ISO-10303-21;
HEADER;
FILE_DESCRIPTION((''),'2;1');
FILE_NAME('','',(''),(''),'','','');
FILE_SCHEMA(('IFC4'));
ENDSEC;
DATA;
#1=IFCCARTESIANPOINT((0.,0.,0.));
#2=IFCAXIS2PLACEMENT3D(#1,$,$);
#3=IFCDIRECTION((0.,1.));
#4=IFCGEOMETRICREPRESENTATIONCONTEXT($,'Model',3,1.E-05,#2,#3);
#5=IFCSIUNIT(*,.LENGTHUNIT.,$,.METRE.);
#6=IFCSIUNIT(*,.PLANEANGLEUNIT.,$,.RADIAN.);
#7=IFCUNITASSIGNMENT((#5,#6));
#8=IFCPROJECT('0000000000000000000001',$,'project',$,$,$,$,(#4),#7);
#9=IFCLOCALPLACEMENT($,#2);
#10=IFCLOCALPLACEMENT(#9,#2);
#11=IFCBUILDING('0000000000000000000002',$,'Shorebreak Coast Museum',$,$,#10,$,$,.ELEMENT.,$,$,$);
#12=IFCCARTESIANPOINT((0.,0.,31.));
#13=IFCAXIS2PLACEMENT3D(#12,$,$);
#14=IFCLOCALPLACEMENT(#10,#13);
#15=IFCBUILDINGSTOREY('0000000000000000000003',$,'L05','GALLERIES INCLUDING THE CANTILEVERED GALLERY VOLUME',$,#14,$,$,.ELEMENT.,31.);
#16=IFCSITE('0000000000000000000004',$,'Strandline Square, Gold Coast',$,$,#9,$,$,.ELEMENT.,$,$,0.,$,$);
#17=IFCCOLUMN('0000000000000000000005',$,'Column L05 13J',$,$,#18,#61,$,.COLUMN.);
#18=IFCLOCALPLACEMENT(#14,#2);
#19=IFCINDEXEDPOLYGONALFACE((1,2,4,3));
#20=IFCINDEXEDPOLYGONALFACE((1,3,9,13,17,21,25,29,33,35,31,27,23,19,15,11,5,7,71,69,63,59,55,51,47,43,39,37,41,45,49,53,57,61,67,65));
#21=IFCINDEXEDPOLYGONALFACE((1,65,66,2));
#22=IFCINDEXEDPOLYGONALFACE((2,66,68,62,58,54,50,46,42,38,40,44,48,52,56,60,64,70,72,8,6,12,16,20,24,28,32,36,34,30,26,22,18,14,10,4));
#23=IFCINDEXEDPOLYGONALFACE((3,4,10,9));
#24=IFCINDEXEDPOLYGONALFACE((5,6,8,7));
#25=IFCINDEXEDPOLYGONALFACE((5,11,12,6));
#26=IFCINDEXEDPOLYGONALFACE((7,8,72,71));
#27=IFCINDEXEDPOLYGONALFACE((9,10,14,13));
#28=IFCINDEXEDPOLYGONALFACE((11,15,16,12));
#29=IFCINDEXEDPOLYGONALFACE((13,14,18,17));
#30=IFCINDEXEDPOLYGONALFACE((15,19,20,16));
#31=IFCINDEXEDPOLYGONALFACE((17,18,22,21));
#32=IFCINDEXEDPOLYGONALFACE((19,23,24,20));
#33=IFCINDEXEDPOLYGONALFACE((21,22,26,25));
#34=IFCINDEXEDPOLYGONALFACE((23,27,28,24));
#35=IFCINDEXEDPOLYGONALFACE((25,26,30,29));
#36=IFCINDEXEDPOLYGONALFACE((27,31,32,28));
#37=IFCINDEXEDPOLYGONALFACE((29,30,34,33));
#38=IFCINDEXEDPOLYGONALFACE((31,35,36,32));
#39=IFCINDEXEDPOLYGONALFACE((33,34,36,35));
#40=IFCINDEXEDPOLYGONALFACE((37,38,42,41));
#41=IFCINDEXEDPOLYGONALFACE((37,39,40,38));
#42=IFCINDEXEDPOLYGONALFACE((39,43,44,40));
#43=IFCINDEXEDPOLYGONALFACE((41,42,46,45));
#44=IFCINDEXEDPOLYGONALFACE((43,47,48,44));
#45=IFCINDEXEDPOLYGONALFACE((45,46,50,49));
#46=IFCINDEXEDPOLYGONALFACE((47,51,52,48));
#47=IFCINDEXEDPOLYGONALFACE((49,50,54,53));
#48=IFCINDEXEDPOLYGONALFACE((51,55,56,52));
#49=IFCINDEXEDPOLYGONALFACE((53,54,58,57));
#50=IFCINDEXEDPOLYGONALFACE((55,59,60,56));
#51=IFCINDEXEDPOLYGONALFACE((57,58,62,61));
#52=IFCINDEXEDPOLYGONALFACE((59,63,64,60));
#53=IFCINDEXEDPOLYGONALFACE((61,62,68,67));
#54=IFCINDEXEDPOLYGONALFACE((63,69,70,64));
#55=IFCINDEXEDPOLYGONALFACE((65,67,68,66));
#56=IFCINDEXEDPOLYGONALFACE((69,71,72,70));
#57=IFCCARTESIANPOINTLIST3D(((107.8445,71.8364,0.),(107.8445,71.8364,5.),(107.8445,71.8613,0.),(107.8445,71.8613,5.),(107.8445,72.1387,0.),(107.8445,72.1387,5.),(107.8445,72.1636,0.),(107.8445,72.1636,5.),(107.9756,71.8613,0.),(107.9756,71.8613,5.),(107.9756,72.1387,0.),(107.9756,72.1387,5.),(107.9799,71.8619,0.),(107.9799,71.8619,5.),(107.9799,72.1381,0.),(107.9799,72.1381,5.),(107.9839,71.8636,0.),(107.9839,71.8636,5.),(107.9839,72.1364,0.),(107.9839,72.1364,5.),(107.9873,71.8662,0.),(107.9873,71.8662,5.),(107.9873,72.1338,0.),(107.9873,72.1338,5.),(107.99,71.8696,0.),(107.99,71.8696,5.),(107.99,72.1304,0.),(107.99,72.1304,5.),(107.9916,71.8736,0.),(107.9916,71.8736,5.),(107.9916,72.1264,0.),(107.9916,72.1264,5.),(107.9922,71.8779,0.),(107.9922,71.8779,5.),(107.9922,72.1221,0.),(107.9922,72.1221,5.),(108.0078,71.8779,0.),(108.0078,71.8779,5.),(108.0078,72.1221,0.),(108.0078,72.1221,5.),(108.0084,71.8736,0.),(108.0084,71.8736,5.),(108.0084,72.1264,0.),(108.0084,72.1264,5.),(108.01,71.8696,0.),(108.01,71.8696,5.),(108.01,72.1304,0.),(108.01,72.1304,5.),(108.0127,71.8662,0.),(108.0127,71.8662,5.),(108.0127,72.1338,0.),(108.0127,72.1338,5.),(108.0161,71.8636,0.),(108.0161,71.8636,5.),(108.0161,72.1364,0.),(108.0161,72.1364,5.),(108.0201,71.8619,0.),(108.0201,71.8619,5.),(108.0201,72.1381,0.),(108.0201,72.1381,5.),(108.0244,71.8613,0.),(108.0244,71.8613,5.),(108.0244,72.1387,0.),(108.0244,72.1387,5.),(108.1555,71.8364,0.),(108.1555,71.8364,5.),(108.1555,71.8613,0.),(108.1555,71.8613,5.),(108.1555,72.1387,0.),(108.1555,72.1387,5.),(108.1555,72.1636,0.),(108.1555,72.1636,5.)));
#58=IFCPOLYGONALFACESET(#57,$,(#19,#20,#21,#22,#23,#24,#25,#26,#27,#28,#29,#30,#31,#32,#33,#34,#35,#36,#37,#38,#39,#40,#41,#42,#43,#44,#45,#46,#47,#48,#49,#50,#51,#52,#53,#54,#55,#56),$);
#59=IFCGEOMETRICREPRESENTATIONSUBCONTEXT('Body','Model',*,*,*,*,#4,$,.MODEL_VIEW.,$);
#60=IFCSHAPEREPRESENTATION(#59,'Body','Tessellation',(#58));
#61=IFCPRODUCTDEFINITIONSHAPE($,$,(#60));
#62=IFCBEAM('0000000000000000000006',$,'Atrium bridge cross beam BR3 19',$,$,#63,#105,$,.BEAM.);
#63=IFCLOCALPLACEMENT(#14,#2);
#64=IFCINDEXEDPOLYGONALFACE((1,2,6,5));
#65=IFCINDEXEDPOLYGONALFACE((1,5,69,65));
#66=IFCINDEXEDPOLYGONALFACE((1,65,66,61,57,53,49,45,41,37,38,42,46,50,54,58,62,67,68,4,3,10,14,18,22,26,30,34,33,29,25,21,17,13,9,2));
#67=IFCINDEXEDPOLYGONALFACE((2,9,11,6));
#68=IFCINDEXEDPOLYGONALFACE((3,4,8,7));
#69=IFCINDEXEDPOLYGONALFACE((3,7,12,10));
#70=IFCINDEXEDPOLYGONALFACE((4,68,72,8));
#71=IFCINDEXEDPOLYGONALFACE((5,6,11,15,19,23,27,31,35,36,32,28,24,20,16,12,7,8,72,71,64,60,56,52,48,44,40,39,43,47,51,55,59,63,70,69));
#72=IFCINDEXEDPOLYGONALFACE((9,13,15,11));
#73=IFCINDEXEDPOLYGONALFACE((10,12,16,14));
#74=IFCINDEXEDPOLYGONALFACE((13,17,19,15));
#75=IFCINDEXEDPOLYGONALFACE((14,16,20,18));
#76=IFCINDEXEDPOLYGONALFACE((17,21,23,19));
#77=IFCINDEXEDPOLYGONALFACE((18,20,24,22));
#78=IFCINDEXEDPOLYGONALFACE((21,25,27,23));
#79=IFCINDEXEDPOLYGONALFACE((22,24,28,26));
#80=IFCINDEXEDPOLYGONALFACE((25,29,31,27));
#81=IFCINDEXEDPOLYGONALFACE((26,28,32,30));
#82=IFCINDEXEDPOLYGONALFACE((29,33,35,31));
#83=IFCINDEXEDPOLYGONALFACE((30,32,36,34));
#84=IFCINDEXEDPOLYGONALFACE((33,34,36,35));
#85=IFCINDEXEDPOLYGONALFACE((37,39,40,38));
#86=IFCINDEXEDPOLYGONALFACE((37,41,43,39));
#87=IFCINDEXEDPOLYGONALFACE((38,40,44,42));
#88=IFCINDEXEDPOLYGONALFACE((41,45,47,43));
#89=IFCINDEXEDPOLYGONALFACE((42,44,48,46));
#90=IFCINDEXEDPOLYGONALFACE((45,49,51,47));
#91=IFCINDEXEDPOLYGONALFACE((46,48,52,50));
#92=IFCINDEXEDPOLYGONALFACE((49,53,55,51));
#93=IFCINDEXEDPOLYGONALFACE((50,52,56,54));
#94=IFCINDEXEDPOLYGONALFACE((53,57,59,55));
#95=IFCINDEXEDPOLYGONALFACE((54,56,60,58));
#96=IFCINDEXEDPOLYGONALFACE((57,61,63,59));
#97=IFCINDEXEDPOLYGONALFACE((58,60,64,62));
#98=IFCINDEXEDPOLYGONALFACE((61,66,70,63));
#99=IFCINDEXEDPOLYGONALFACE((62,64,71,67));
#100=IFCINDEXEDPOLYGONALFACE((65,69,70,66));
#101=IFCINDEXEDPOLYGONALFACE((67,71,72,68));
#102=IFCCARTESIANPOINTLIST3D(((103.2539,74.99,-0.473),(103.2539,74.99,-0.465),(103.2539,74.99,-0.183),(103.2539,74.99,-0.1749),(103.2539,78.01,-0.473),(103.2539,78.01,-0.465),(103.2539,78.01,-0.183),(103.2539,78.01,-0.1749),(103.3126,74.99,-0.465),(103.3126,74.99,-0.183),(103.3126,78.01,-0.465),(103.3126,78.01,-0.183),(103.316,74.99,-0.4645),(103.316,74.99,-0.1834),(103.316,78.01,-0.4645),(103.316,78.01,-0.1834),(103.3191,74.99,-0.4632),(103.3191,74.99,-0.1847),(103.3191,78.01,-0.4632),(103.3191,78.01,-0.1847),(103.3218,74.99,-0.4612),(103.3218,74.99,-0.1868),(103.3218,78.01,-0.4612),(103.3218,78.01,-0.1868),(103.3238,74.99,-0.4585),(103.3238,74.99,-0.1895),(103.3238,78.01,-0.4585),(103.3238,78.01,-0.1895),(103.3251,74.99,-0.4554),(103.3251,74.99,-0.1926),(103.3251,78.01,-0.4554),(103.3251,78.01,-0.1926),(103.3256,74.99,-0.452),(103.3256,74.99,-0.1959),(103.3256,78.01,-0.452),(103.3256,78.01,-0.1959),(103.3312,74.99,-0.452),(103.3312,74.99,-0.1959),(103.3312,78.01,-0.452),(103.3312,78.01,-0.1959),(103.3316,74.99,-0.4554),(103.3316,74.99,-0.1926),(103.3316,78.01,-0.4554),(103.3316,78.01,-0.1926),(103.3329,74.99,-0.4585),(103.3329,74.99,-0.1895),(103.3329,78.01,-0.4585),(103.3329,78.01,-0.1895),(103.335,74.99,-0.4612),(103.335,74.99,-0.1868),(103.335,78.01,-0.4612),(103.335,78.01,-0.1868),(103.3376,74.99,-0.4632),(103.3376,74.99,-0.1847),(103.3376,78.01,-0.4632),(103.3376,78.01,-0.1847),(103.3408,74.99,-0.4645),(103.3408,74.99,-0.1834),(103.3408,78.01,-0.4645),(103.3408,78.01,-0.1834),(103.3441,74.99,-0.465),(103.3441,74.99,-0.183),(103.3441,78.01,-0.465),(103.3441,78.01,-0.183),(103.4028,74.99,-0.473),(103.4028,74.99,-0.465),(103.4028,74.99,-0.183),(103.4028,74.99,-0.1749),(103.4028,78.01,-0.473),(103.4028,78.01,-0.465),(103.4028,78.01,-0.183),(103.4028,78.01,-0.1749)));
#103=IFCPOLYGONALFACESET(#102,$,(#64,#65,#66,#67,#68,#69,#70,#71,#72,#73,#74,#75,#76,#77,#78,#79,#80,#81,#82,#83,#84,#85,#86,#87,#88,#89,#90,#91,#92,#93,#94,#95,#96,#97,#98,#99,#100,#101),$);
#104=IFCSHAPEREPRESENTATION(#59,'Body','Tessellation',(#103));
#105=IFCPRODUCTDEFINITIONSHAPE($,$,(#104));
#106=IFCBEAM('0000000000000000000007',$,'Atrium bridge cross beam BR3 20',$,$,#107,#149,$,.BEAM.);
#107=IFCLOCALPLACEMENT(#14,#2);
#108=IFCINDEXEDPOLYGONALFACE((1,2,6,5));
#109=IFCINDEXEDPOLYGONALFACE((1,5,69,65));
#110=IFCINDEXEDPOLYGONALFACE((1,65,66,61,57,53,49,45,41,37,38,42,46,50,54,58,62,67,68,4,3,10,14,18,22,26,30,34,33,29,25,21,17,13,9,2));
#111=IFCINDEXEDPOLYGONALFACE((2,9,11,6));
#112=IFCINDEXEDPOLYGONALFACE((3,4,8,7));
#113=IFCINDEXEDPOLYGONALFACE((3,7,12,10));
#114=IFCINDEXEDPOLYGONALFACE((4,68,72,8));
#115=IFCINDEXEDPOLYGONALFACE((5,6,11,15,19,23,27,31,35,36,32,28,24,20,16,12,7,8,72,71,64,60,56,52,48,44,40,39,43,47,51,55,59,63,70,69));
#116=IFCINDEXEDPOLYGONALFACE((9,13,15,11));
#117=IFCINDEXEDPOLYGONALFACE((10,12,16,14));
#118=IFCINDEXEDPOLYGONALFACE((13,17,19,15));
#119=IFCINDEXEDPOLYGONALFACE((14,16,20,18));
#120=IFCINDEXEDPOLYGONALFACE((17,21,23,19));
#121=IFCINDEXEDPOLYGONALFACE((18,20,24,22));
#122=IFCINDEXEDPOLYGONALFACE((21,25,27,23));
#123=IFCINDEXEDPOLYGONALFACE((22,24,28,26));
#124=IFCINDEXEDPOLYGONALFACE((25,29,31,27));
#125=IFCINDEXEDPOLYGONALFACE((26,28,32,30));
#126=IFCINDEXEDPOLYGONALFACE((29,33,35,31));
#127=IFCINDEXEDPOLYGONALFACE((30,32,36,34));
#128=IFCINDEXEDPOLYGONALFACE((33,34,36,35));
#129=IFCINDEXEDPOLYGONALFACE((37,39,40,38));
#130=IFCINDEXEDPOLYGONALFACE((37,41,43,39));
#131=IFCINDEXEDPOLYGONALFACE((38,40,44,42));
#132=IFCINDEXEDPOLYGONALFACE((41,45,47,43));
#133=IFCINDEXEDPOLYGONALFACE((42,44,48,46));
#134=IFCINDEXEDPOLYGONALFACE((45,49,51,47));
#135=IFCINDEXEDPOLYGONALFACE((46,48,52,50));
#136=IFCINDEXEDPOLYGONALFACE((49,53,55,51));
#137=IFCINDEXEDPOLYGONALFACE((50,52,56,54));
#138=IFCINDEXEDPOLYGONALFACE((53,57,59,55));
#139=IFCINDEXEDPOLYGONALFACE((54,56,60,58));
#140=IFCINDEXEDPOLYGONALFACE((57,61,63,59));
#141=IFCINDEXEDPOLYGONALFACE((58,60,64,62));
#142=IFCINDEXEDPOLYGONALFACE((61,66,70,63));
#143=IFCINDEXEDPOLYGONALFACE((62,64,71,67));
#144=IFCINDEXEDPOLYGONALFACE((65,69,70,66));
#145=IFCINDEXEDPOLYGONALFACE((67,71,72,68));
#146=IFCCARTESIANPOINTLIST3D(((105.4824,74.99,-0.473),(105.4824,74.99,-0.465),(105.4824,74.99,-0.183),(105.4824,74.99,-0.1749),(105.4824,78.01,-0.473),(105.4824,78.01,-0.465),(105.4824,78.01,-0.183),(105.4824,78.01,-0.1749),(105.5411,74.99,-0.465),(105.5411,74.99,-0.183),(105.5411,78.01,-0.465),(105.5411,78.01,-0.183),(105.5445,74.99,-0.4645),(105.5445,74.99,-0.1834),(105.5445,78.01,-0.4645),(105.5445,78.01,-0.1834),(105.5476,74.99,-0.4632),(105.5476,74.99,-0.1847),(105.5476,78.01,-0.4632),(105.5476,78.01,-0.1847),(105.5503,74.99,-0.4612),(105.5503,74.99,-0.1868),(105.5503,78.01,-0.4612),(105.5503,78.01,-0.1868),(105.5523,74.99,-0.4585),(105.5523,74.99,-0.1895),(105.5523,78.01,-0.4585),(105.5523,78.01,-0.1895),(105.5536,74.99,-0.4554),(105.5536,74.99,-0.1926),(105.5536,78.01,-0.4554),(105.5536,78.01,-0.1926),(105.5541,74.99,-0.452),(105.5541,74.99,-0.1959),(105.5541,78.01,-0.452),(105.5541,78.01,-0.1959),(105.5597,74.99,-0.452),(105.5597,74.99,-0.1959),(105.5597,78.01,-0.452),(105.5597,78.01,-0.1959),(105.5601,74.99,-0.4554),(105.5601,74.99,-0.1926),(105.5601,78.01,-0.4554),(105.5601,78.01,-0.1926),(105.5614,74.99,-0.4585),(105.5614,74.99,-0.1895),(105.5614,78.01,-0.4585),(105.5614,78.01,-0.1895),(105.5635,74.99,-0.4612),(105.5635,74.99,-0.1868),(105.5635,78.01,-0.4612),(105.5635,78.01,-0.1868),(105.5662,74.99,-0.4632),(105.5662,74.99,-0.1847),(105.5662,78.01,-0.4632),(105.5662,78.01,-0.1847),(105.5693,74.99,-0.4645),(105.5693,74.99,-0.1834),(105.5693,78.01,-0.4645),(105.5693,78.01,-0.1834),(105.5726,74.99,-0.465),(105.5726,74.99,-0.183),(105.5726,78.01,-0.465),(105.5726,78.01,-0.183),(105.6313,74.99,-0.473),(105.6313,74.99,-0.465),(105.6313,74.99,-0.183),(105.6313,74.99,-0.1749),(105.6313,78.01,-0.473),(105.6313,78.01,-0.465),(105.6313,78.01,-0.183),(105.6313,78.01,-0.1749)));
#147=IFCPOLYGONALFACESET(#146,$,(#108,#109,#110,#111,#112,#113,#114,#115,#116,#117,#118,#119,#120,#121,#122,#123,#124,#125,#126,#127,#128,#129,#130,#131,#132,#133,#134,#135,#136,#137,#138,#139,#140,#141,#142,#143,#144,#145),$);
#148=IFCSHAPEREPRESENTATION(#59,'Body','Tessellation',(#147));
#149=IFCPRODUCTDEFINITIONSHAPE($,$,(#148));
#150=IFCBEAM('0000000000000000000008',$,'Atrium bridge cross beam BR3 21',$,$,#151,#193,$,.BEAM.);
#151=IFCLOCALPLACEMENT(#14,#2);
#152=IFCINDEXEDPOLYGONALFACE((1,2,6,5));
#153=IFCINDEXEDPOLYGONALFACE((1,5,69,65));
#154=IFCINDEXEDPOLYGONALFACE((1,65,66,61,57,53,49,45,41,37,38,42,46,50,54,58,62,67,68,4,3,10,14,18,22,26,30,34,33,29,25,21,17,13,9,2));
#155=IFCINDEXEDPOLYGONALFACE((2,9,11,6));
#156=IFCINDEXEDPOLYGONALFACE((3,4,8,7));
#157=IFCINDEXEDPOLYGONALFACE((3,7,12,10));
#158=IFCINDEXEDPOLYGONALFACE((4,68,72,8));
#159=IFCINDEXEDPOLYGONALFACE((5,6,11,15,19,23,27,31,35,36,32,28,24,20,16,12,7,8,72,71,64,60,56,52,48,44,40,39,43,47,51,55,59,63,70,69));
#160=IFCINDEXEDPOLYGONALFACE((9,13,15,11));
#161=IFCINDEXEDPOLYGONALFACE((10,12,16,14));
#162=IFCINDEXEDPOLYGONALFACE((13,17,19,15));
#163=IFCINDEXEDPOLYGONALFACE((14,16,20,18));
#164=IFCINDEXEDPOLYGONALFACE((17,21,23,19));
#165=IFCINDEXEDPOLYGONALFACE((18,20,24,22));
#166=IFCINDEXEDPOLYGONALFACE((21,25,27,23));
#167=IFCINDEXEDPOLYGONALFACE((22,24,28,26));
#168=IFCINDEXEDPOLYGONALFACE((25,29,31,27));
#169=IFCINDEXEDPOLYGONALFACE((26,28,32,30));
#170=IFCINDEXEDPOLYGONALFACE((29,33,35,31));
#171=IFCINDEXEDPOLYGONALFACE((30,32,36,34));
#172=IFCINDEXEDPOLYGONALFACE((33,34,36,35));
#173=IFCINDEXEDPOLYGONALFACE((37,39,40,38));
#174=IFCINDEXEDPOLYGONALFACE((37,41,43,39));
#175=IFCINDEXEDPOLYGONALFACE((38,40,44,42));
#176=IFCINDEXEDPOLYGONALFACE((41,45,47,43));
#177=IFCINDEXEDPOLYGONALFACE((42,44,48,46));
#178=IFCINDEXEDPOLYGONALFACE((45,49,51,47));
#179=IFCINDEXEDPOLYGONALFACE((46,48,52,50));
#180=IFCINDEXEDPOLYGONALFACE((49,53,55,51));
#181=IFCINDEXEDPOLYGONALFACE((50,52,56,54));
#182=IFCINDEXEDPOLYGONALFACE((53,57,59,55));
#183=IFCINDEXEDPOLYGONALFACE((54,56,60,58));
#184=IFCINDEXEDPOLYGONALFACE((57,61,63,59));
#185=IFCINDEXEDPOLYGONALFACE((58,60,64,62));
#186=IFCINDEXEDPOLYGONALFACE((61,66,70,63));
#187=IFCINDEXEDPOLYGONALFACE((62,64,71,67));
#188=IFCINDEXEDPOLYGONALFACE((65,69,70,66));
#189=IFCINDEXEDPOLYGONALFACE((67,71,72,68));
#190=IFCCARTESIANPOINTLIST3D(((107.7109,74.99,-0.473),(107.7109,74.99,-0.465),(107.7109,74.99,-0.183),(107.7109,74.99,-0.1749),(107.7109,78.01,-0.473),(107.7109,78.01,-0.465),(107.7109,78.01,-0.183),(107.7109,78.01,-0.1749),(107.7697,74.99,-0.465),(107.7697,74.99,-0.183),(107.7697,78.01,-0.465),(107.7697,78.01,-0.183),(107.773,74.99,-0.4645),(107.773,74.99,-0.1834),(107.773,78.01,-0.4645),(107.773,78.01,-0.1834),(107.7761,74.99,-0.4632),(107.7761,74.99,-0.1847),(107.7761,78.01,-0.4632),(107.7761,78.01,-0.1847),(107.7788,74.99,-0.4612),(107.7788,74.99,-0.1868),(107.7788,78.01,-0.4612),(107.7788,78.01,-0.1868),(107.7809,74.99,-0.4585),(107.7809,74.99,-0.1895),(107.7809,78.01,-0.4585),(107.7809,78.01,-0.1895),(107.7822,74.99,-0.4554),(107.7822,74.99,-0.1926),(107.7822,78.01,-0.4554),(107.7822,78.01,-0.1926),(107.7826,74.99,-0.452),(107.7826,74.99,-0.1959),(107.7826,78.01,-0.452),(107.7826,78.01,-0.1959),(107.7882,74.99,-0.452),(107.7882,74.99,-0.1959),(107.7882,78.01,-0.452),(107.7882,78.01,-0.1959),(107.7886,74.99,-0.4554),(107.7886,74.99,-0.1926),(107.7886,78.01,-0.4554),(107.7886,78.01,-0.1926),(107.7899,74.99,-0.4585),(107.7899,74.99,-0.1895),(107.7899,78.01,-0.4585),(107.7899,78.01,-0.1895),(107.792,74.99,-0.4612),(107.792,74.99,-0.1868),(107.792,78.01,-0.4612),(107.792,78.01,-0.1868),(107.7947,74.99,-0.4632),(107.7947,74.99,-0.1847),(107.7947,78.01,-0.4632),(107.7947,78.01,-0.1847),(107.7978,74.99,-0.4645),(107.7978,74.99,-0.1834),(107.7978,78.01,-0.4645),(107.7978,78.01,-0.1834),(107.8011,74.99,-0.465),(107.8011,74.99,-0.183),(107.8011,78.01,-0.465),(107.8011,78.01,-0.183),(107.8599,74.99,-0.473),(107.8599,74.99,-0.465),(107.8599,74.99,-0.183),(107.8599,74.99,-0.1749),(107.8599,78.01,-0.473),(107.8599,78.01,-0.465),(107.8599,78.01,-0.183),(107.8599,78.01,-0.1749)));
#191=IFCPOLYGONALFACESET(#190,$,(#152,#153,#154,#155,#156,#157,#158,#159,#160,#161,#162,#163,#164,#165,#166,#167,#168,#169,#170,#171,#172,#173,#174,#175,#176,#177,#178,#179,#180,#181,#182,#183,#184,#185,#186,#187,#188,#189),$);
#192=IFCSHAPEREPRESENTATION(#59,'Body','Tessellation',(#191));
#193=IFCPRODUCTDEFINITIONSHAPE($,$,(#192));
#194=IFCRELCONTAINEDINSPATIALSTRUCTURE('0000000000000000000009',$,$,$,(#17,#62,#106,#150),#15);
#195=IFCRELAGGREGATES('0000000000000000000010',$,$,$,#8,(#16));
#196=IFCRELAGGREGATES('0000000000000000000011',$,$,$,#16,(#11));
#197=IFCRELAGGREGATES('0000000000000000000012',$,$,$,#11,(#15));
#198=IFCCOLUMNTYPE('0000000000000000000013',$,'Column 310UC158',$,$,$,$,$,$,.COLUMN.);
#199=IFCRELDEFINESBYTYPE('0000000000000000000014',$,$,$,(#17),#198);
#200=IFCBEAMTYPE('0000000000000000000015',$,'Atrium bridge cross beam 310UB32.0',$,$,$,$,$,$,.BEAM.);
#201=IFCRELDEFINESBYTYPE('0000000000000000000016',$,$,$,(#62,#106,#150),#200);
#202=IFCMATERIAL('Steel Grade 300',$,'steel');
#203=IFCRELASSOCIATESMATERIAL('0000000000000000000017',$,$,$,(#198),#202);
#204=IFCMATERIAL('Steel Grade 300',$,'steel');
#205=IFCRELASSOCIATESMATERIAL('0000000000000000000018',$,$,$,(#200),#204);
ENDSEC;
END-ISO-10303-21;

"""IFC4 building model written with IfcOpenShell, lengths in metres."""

from ifc_helpers import new_model, si_unit, direction, frame, origin, origin_2d, place, context, subcontext, project, spatial, i_section, extrude, material, material_profile, profile_set, type_object, element, save


model = new_model("IFC4")

# Units and contexts
model_context = context("Model", 3, precision=1e-05, world=origin(), true_north=direction((0.0, 1.0)))
body_context = subcontext(model_context, "Body", "Model", "MODEL_VIEW")
ifc_project = project(units=[si_unit("LENGTHUNIT", "METRE"), si_unit("PLANEANGLEUNIT", "RADIAN")], contexts=[model_context])

# Site, building, storey
site_placement = place(None, origin())
site = spatial("IfcSite", under=ifc_project, at=site_placement, Name="Strandline Square, Gold Coast", CompositionType="ELEMENT", RefElevation=0.0)
building_placement = place(site_placement, origin())
building = spatial("IfcBuilding", under=site, at=building_placement, Name="Shorebreak Coast Museum", CompositionType="ELEMENT")
storey_placement = place(building_placement, frame((0.0, 0.0, 31.0)))
storey = spatial("IfcBuildingStorey", under=building, at=storey_placement, Name="L05", Description="GALLERIES INCLUDING THE CANTILEVERED GALLERY VOLUME", CompositionType="ELEMENT", Elevation=31.0)

# Column
ifc_material_1 = material(Name="Steel Grade 300", Category="steel")
ifc_material_profile_1 = material_profile(ifc_material_1, i_section(OverallWidth=0.311, OverallDepth=0.3271, WebThickness=0.0156, FlangeThickness=0.0249, FilletRadius=0.0166, at=origin_2d()), Name="310UC158")
ifc_profile_set_1 = profile_set([ifc_material_profile_1], Name="Steel Grade 300")
column_type = type_object("IfcColumnType", Name="Column 310UC158", PredefinedType="COLUMN", material=ifc_profile_set_1)
column_placement = place(storey_placement, frame((108.0, 72.0, 0.0), z_axis=(0.0, 0.0, 1.0), x_axis=(1.0, 0.0, 0.0)))
element("IfcColumn", 1, at=column_placement, inside=storey, type_object=column_type, Name="Column L05 13J", PredefinedType="COLUMN", context=body_context, shape_type="SweptSolid", body=[
    extrude(i_section(OverallWidth=0.311, OverallDepth=0.3271, WebThickness=0.0156, FlangeThickness=0.0249, FilletRadius=0.0166, at=origin_2d()), origin(), (0.0, 0.0, 1.0), 5.0),
])

# Beams
ifc_material_2 = material(Name="Steel Grade 300", Category="steel")
ifc_material_profile_2 = material_profile(ifc_material_2, i_section(OverallWidth=0.1489, OverallDepth=0.2981, WebThickness=0.0056, FlangeThickness=0.0081, FilletRadius=0.0129, at=origin_2d()), Name="310UB32.0")
ifc_profile_set_2 = profile_set([ifc_material_profile_2], Name="Steel Grade 300")
beam_type_1 = type_object("IfcBeamType", Name="Atrium bridge cross beam 310UB32.0", PredefinedType="BEAM", material=ifc_profile_set_2)
for number, where, z_axis, x_axis, name in (
    (2, (103.3284, 74.99, -0.324), (0.0, 1.0, 0.0), (-1.0, 0.0, 0.0), "Atrium bridge cross beam BR3 19"),
    (3, (105.5569, 74.99, -0.324), (0.0, 1.0, 0.0), (-1.0, 0.0, 0.0), "Atrium bridge cross beam BR3 20"),
    (4, (107.7854, 74.99, -0.324), (0.0, 1.0, 0.0), (-1.0, 0.0, 0.0), "Atrium bridge cross beam BR3 21"),
):
    element("IfcBeam", number, at=place(storey_placement, frame(where, z_axis=z_axis, x_axis=x_axis)), inside=storey, type_object=beam_type_1, Name=name, PredefinedType="BEAM", context=body_context, shape_type="SweptSolid", body=[
        extrude(i_section(OverallWidth=0.1489, OverallDepth=0.2981, WebThickness=0.0056, FlangeThickness=0.0081, FilletRadius=0.0129, at=origin_2d()), origin(), (0.0, 0.0, 1.0), 3.02),
    ])

save(model, "model.ifc")
